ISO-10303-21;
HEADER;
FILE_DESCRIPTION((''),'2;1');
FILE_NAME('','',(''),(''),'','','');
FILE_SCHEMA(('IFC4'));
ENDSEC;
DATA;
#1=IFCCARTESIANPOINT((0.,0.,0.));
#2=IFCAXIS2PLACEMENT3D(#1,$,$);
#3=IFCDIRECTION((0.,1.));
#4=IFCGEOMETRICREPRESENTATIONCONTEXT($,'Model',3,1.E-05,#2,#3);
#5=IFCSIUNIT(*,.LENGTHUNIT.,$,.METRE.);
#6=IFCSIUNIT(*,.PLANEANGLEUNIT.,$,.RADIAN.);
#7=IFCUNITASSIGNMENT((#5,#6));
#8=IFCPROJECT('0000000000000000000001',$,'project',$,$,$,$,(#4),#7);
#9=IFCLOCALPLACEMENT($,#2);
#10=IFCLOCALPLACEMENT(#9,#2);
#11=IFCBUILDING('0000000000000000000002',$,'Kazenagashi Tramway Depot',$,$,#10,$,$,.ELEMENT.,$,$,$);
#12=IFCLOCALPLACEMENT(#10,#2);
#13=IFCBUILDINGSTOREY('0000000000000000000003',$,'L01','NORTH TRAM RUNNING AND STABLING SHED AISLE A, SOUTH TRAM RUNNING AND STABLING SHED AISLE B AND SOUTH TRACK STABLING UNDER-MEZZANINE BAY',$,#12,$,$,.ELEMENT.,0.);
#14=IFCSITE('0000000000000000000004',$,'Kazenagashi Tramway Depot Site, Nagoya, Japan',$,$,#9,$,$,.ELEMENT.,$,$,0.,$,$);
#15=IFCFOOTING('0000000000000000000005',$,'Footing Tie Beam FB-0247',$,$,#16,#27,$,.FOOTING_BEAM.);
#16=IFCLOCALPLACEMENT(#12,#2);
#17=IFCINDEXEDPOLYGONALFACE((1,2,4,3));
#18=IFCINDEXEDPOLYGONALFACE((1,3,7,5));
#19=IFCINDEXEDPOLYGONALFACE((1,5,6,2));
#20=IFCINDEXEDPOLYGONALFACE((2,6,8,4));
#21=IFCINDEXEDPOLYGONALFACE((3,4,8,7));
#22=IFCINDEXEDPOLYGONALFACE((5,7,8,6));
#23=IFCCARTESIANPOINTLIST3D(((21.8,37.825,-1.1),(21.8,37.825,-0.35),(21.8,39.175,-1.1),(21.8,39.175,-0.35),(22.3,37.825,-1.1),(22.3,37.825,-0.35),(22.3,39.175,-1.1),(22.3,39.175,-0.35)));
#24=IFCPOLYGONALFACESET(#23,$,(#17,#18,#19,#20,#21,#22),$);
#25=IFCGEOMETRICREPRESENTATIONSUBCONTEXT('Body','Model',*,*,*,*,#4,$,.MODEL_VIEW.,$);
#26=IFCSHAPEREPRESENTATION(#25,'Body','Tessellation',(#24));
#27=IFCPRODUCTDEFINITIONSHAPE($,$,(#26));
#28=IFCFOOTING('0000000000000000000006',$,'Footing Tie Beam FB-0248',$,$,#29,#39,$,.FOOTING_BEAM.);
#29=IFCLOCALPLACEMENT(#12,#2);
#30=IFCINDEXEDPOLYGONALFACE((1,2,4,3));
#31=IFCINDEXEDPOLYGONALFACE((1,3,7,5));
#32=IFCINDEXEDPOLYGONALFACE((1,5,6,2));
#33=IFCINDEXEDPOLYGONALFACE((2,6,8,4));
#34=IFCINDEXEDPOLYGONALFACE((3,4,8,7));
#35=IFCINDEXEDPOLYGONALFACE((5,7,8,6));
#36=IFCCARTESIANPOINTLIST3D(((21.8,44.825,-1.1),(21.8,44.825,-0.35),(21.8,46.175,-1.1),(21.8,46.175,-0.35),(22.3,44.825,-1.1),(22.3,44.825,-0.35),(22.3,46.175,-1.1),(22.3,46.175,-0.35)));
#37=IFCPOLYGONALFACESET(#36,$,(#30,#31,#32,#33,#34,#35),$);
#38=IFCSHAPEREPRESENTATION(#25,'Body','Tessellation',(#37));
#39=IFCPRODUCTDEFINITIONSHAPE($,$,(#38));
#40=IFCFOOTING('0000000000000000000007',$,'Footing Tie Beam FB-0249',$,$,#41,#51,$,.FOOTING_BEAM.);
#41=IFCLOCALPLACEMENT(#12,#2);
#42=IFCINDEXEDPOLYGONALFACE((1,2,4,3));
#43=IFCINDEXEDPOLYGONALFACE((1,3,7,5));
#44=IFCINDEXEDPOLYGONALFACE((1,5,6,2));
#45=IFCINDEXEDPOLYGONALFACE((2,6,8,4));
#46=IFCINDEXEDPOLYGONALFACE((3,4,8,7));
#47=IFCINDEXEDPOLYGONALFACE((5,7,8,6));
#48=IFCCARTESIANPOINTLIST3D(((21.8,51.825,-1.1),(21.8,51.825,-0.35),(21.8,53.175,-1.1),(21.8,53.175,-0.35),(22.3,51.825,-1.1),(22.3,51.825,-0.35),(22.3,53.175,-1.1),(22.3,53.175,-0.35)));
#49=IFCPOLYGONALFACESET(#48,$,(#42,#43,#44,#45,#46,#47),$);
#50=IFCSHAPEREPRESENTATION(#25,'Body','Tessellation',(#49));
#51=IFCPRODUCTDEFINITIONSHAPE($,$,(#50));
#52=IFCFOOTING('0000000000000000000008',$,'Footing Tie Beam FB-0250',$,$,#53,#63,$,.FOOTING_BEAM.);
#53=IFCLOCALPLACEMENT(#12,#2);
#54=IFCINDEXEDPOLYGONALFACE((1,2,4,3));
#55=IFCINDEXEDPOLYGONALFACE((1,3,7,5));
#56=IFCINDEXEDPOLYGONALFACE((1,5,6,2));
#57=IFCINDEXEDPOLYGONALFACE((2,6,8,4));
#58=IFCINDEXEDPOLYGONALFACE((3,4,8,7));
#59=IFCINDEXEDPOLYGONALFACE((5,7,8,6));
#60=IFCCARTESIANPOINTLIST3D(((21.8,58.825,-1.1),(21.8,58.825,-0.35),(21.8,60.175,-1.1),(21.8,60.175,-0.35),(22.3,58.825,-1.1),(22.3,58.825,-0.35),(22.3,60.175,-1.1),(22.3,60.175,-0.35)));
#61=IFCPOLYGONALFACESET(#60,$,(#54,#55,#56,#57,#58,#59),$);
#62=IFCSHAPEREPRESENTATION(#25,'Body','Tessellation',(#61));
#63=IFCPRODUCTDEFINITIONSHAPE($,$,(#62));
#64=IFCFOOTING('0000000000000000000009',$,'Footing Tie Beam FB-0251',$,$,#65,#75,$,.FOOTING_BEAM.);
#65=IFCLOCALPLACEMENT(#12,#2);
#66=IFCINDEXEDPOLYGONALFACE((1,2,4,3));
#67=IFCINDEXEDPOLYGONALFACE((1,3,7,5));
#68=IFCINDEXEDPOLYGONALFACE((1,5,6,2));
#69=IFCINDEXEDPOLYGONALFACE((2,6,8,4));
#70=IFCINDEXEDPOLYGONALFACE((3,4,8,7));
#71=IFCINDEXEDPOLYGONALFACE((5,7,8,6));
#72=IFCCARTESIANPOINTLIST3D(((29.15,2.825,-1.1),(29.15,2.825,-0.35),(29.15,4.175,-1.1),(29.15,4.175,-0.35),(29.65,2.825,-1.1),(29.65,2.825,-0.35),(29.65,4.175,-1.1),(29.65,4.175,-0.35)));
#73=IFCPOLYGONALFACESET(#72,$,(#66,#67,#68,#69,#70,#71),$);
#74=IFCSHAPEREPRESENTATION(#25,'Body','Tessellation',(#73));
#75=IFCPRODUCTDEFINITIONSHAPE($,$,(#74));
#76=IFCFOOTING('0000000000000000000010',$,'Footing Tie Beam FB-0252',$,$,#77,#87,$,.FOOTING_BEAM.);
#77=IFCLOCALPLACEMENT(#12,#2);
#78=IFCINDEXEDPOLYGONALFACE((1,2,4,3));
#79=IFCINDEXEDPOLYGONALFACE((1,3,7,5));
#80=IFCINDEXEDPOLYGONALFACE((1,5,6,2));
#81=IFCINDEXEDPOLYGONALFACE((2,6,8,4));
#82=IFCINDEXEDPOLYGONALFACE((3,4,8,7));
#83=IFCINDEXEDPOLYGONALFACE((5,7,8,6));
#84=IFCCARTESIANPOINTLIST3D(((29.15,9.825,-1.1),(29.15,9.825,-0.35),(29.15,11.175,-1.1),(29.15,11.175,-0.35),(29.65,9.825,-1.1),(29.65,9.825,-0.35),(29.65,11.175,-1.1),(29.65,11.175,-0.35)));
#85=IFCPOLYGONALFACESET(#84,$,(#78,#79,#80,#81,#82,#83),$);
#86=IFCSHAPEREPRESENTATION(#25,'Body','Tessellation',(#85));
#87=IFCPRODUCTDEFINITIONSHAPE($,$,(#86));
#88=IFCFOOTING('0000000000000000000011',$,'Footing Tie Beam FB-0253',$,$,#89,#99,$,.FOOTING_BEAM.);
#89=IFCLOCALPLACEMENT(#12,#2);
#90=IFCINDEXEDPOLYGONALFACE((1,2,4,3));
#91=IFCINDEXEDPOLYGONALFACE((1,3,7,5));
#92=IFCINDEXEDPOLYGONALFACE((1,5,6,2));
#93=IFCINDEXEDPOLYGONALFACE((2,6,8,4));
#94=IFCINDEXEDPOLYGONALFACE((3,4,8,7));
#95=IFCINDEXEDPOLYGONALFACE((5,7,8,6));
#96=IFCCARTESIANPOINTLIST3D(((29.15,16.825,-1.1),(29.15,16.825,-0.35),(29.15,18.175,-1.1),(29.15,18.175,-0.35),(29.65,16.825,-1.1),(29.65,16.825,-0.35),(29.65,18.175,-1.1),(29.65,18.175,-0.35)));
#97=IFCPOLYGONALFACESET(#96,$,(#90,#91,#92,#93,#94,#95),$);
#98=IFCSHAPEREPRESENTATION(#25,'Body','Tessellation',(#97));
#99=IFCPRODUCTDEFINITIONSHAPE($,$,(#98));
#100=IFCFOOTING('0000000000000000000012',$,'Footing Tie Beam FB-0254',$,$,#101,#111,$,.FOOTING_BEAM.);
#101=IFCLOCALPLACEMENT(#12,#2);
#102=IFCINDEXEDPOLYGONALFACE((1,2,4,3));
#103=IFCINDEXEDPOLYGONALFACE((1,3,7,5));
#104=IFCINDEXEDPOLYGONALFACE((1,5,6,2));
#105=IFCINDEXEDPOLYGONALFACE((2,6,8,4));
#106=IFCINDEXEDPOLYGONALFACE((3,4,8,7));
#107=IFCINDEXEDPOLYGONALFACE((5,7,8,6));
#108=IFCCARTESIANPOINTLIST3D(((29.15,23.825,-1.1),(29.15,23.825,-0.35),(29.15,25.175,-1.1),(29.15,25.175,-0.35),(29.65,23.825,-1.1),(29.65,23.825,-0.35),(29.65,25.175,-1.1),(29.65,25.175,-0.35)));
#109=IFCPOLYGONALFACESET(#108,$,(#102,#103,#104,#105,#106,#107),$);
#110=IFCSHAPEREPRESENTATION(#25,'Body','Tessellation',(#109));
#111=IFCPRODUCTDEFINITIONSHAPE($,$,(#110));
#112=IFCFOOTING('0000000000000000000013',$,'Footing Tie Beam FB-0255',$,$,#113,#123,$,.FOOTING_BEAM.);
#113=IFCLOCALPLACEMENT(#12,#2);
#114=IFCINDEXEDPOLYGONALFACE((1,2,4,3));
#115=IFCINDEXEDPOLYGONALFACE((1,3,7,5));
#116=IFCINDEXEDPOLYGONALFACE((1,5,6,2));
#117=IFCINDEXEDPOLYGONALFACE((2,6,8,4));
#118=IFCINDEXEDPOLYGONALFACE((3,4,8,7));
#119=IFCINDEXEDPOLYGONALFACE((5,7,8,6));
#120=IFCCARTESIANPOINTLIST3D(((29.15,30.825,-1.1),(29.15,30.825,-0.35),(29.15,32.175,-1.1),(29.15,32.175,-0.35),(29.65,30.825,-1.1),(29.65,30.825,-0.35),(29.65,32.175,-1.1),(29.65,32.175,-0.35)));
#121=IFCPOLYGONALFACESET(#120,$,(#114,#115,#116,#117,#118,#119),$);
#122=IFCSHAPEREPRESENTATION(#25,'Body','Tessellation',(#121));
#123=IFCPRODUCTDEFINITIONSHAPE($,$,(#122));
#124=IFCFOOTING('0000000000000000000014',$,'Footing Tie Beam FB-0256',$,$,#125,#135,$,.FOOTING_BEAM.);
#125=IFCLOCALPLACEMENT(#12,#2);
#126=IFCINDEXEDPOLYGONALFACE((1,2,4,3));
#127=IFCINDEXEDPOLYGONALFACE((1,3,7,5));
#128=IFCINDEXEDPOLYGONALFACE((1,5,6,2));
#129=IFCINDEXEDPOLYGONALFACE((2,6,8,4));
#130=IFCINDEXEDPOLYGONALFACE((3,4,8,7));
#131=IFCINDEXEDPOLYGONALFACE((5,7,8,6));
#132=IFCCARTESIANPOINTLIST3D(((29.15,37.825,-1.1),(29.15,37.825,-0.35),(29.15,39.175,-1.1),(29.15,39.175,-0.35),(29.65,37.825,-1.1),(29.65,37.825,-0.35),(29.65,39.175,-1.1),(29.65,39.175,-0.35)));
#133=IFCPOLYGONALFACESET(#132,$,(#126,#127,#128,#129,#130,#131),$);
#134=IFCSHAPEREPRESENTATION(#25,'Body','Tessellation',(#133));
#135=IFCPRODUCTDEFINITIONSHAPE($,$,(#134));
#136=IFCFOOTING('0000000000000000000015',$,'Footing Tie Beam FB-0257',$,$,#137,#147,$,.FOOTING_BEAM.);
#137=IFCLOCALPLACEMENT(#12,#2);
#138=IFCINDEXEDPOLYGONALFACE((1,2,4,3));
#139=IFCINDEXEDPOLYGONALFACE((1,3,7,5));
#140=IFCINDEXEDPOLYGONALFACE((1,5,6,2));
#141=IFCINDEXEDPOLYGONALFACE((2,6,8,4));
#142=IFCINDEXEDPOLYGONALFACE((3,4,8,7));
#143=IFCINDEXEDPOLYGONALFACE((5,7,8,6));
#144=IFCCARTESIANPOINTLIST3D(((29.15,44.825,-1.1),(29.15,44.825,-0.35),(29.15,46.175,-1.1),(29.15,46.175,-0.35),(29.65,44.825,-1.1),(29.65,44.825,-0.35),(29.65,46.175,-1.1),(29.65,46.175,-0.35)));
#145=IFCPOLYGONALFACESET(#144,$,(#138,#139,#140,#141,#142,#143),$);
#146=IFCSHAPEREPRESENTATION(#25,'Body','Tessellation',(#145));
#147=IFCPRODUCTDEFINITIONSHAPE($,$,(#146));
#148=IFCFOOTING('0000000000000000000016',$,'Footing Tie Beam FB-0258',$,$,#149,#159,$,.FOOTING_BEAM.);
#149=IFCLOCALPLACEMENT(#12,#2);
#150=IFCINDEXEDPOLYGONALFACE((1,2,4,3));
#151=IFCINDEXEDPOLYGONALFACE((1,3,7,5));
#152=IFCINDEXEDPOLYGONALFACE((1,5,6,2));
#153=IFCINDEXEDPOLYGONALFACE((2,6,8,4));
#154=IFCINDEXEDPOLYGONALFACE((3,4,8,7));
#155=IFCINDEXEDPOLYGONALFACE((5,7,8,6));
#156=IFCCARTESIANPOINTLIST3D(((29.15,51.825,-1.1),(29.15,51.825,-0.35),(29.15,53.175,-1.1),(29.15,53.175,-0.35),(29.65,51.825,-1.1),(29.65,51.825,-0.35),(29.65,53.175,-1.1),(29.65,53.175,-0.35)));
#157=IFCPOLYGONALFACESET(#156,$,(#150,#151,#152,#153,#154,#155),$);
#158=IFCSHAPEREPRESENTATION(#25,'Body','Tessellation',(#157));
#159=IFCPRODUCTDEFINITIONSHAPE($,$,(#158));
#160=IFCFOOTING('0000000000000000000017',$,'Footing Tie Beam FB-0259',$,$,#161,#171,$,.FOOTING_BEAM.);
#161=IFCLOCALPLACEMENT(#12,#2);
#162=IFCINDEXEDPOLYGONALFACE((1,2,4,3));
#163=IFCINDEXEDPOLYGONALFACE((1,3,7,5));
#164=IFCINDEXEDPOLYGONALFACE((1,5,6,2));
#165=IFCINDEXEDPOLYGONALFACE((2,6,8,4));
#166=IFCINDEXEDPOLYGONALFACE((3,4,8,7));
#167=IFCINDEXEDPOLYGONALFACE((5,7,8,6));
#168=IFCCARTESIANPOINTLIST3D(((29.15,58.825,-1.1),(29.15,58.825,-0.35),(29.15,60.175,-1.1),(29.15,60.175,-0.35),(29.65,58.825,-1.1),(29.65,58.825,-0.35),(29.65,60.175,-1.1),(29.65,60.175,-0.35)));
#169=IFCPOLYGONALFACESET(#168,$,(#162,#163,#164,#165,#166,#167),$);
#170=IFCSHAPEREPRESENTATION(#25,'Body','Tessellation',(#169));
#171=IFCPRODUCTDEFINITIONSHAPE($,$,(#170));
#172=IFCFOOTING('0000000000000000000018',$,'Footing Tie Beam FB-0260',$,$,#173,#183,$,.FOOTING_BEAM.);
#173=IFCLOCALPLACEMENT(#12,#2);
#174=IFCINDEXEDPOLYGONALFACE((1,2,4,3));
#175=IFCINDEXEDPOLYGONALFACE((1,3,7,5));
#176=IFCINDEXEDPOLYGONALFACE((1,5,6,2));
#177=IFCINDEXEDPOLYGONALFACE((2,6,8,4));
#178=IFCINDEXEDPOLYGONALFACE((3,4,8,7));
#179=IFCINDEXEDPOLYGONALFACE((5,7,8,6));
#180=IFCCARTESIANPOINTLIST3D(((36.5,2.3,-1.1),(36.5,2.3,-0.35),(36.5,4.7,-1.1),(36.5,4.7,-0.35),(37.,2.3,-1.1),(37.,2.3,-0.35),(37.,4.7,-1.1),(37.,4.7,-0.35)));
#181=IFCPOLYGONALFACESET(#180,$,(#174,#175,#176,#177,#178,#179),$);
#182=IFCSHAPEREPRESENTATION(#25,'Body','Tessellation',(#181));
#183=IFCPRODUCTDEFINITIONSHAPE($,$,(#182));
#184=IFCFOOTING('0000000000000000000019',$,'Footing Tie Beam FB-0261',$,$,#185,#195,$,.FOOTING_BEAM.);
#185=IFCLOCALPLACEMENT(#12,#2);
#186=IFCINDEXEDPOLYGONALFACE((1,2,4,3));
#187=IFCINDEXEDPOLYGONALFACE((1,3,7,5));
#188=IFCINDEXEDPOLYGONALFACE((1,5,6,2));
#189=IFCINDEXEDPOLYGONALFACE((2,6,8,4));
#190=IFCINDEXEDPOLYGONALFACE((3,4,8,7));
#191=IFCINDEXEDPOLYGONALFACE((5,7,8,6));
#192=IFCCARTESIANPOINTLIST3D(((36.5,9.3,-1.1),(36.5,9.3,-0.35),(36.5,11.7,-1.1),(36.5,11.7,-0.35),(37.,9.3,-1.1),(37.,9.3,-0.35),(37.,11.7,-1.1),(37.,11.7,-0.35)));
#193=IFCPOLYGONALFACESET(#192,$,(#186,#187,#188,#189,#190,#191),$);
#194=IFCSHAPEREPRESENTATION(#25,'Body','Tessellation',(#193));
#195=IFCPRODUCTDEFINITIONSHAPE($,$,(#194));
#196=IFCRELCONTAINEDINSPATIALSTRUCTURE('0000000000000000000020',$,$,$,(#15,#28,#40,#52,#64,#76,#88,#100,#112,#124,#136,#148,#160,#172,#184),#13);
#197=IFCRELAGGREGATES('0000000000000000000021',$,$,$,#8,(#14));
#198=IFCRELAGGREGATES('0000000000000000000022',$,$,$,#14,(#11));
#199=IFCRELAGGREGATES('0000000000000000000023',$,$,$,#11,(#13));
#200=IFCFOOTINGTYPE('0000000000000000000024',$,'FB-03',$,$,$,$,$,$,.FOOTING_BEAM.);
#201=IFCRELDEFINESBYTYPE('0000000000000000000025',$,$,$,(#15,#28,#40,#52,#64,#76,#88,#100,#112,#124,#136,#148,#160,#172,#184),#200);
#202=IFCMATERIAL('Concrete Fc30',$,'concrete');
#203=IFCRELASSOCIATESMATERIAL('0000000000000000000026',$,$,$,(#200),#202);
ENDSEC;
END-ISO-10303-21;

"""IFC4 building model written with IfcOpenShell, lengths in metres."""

from ifc_helpers import new_model, si_unit, direction, frame, origin, place, context, subcontext, project, spatial, polyline, outline, extrude, material, type_object, element, save


model = new_model("IFC4")

# Units and contexts
model_context = context("Model", 3, precision=1e-05, world=origin(), true_north=direction((0.0, 1.0)))
body_context = subcontext(model_context, "Body", "Model", "MODEL_VIEW")
ifc_project = project(units=[si_unit("LENGTHUNIT", "METRE"), si_unit("PLANEANGLEUNIT", "RADIAN")], contexts=[model_context])

# Site, building, storey
site_placement = place(None, origin())
site = spatial("IfcSite", under=ifc_project, at=site_placement, Name="Kazenagashi Tramway Depot Site, Nagoya, Japan", CompositionType="ELEMENT", RefElevation=0.0)
building_placement = place(site_placement, origin())
building = spatial("IfcBuilding", under=site, at=building_placement, Name="Kazenagashi Tramway Depot", CompositionType="ELEMENT")
storey_placement = place(building_placement, origin())
storey = spatial("IfcBuildingStorey", under=building, at=storey_placement, Name="L01", Description="NORTH TRAM RUNNING AND STABLING SHED AISLE A, SOUTH TRAM RUNNING AND STABLING SHED AISLE B AND SOUTH TRACK STABLING UNDER-MEZZANINE BAY", CompositionType="ELEMENT", Elevation=0.0)

# Footings
ifc_material = material(Name="Concrete Fc30", Category="concrete")
footing_type = type_object("IfcFootingType", Name="FB-03", PredefinedType="FOOTING_BEAM", material=ifc_material)
footing_1_placement = place(storey_placement, frame((0.0, 0.0, -1.1)))
element("IfcFooting", 1, at=footing_1_placement, inside=storey, type_object=footing_type, Name="Footing Tie Beam FB-0247", PredefinedType="FOOTING_BEAM", context=body_context, shape_type="SweptSolid", body=[
    extrude(outline(polyline([(21.8, 37.825), (22.3, 37.825), (22.3, 39.175), (21.8, 39.175), (21.8, 37.825)])), origin(), (0.0, 0.0, 1.0), 0.75),
])
footing_2_placement = place(storey_placement, frame((0.0, 0.0, -1.1)))
element("IfcFooting", 2, at=footing_2_placement, inside=storey, type_object=footing_type, Name="Footing Tie Beam FB-0248", PredefinedType="FOOTING_BEAM", context=body_context, shape_type="SweptSolid", body=[
    extrude(outline(polyline([(21.8, 44.825), (22.3, 44.825), (22.3, 46.175), (21.8, 46.175), (21.8, 44.825)])), origin(), (0.0, 0.0, 1.0), 0.75),
])
footing_3_placement = place(storey_placement, frame((0.0, 0.0, -1.1)))
element("IfcFooting", 3, at=footing_3_placement, inside=storey, type_object=footing_type, Name="Footing Tie Beam FB-0249", PredefinedType="FOOTING_BEAM", context=body_context, shape_type="SweptSolid", body=[
    extrude(outline(polyline([(21.8, 51.825), (22.3, 51.825), (22.3, 53.175), (21.8, 53.175), (21.8, 51.825)])), origin(), (0.0, 0.0, 1.0), 0.75),
])
footing_4_placement = place(storey_placement, frame((0.0, 0.0, -1.1)))
element("IfcFooting", 4, at=footing_4_placement, inside=storey, type_object=footing_type, Name="Footing Tie Beam FB-0250", PredefinedType="FOOTING_BEAM", context=body_context, shape_type="SweptSolid", body=[
    extrude(outline(polyline([(21.8, 58.825), (22.3, 58.825), (22.3, 60.175), (21.8, 60.175), (21.8, 58.825)])), origin(), (0.0, 0.0, 1.0), 0.75),
])
footing_5_placement = place(storey_placement, frame((0.0, 0.0, -1.1)))
element("IfcFooting", 5, at=footing_5_placement, inside=storey, type_object=footing_type, Name="Footing Tie Beam FB-0251", PredefinedType="FOOTING_BEAM", context=body_context, shape_type="SweptSolid", body=[
    extrude(outline(polyline([(29.15, 2.825), (29.65, 2.825), (29.65, 4.175), (29.15, 4.175), (29.15, 2.825)])), origin(), (0.0, 0.0, 1.0), 0.75),
])
footing_6_placement = place(storey_placement, frame((0.0, 0.0, -1.1)))
element("IfcFooting", 6, at=footing_6_placement, inside=storey, type_object=footing_type, Name="Footing Tie Beam FB-0252", PredefinedType="FOOTING_BEAM", context=body_context, shape_type="SweptSolid", body=[
    extrude(outline(polyline([(29.15, 9.825), (29.65, 9.825), (29.65, 11.175), (29.15, 11.175), (29.15, 9.825)])), origin(), (0.0, 0.0, 1.0), 0.75),
])
footing_7_placement = place(storey_placement, frame((0.0, 0.0, -1.1)))
element("IfcFooting", 7, at=footing_7_placement, inside=storey, type_object=footing_type, Name="Footing Tie Beam FB-0253", PredefinedType="FOOTING_BEAM", context=body_context, shape_type="SweptSolid", body=[
    extrude(outline(polyline([(29.15, 16.825), (29.65, 16.825), (29.65, 18.175), (29.15, 18.175), (29.15, 16.825)])), origin(), (0.0, 0.0, 1.0), 0.75),
])
footing_8_placement = place(storey_placement, frame((0.0, 0.0, -1.1)))
element("IfcFooting", 8, at=footing_8_placement, inside=storey, type_object=footing_type, Name="Footing Tie Beam FB-0254", PredefinedType="FOOTING_BEAM", context=body_context, shape_type="SweptSolid", body=[
    extrude(outline(polyline([(29.15, 23.825), (29.65, 23.825), (29.65, 25.175), (29.15, 25.175), (29.15, 23.825)])), origin(), (0.0, 0.0, 1.0), 0.75),
])
footing_9_placement = place(storey_placement, frame((0.0, 0.0, -1.1)))
element("IfcFooting", 9, at=footing_9_placement, inside=storey, type_object=footing_type, Name="Footing Tie Beam FB-0255", PredefinedType="FOOTING_BEAM", context=body_context, shape_type="SweptSolid", body=[
    extrude(outline(polyline([(29.15, 30.825), (29.65, 30.825), (29.65, 32.175), (29.15, 32.175), (29.15, 30.825)])), origin(), (0.0, 0.0, 1.0), 0.75),
])
footing_10_placement = place(storey_placement, frame((0.0, 0.0, -1.1)))
element("IfcFooting", 10, at=footing_10_placement, inside=storey, type_object=footing_type, Name="Footing Tie Beam FB-0256", PredefinedType="FOOTING_BEAM", context=body_context, shape_type="SweptSolid", body=[
    extrude(outline(polyline([(29.15, 37.825), (29.65, 37.825), (29.65, 39.175), (29.15, 39.175), (29.15, 37.825)])), origin(), (0.0, 0.0, 1.0), 0.75),
])
footing_11_placement = place(storey_placement, frame((0.0, 0.0, -1.1)))
element("IfcFooting", 11, at=footing_11_placement, inside=storey, type_object=footing_type, Name="Footing Tie Beam FB-0257", PredefinedType="FOOTING_BEAM", context=body_context, shape_type="SweptSolid", body=[
    extrude(outline(polyline([(29.15, 44.825), (29.65, 44.825), (29.65, 46.175), (29.15, 46.175), (29.15, 44.825)])), origin(), (0.0, 0.0, 1.0), 0.75),
])
footing_12_placement = place(storey_placement, frame((0.0, 0.0, -1.1)))
element("IfcFooting", 12, at=footing_12_placement, inside=storey, type_object=footing_type, Name="Footing Tie Beam FB-0258", PredefinedType="FOOTING_BEAM", context=body_context, shape_type="SweptSolid", body=[
    extrude(outline(polyline([(29.15, 51.825), (29.65, 51.825), (29.65, 53.175), (29.15, 53.175), (29.15, 51.825)])), origin(), (0.0, 0.0, 1.0), 0.75),
])
footing_13_placement = place(storey_placement, frame((0.0, 0.0, -1.1)))
element("IfcFooting", 13, at=footing_13_placement, inside=storey, type_object=footing_type, Name="Footing Tie Beam FB-0259", PredefinedType="FOOTING_BEAM", context=body_context, shape_type="SweptSolid", body=[
    extrude(outline(polyline([(29.15, 58.825), (29.65, 58.825), (29.65, 60.175), (29.15, 60.175), (29.15, 58.825)])), origin(), (0.0, 0.0, 1.0), 0.75),
])
footing_14_placement = place(storey_placement, frame((0.0, 0.0, -1.1)))
element("IfcFooting", 14, at=footing_14_placement, inside=storey, type_object=footing_type, Name="Footing Tie Beam FB-0260", PredefinedType="FOOTING_BEAM", context=body_context, shape_type="SweptSolid", body=[
    extrude(outline(polyline([(36.5, 2.3), (37.0, 2.3), (37.0, 4.7), (36.5, 4.7), (36.5, 2.3)])), origin(), (0.0, 0.0, 1.0), 0.75),
])
footing_15_placement = place(storey_placement, frame((0.0, 0.0, -1.1)))
element("IfcFooting", 15, at=footing_15_placement, inside=storey, type_object=footing_type, Name="Footing Tie Beam FB-0261", PredefinedType="FOOTING_BEAM", context=body_context, shape_type="SweptSolid", body=[
    extrude(outline(polyline([(36.5, 9.3), (37.0, 9.3), (37.0, 11.7), (36.5, 11.7), (36.5, 9.3)])), origin(), (0.0, 0.0, 1.0), 0.75),
])

save(model, "model.ifc")
